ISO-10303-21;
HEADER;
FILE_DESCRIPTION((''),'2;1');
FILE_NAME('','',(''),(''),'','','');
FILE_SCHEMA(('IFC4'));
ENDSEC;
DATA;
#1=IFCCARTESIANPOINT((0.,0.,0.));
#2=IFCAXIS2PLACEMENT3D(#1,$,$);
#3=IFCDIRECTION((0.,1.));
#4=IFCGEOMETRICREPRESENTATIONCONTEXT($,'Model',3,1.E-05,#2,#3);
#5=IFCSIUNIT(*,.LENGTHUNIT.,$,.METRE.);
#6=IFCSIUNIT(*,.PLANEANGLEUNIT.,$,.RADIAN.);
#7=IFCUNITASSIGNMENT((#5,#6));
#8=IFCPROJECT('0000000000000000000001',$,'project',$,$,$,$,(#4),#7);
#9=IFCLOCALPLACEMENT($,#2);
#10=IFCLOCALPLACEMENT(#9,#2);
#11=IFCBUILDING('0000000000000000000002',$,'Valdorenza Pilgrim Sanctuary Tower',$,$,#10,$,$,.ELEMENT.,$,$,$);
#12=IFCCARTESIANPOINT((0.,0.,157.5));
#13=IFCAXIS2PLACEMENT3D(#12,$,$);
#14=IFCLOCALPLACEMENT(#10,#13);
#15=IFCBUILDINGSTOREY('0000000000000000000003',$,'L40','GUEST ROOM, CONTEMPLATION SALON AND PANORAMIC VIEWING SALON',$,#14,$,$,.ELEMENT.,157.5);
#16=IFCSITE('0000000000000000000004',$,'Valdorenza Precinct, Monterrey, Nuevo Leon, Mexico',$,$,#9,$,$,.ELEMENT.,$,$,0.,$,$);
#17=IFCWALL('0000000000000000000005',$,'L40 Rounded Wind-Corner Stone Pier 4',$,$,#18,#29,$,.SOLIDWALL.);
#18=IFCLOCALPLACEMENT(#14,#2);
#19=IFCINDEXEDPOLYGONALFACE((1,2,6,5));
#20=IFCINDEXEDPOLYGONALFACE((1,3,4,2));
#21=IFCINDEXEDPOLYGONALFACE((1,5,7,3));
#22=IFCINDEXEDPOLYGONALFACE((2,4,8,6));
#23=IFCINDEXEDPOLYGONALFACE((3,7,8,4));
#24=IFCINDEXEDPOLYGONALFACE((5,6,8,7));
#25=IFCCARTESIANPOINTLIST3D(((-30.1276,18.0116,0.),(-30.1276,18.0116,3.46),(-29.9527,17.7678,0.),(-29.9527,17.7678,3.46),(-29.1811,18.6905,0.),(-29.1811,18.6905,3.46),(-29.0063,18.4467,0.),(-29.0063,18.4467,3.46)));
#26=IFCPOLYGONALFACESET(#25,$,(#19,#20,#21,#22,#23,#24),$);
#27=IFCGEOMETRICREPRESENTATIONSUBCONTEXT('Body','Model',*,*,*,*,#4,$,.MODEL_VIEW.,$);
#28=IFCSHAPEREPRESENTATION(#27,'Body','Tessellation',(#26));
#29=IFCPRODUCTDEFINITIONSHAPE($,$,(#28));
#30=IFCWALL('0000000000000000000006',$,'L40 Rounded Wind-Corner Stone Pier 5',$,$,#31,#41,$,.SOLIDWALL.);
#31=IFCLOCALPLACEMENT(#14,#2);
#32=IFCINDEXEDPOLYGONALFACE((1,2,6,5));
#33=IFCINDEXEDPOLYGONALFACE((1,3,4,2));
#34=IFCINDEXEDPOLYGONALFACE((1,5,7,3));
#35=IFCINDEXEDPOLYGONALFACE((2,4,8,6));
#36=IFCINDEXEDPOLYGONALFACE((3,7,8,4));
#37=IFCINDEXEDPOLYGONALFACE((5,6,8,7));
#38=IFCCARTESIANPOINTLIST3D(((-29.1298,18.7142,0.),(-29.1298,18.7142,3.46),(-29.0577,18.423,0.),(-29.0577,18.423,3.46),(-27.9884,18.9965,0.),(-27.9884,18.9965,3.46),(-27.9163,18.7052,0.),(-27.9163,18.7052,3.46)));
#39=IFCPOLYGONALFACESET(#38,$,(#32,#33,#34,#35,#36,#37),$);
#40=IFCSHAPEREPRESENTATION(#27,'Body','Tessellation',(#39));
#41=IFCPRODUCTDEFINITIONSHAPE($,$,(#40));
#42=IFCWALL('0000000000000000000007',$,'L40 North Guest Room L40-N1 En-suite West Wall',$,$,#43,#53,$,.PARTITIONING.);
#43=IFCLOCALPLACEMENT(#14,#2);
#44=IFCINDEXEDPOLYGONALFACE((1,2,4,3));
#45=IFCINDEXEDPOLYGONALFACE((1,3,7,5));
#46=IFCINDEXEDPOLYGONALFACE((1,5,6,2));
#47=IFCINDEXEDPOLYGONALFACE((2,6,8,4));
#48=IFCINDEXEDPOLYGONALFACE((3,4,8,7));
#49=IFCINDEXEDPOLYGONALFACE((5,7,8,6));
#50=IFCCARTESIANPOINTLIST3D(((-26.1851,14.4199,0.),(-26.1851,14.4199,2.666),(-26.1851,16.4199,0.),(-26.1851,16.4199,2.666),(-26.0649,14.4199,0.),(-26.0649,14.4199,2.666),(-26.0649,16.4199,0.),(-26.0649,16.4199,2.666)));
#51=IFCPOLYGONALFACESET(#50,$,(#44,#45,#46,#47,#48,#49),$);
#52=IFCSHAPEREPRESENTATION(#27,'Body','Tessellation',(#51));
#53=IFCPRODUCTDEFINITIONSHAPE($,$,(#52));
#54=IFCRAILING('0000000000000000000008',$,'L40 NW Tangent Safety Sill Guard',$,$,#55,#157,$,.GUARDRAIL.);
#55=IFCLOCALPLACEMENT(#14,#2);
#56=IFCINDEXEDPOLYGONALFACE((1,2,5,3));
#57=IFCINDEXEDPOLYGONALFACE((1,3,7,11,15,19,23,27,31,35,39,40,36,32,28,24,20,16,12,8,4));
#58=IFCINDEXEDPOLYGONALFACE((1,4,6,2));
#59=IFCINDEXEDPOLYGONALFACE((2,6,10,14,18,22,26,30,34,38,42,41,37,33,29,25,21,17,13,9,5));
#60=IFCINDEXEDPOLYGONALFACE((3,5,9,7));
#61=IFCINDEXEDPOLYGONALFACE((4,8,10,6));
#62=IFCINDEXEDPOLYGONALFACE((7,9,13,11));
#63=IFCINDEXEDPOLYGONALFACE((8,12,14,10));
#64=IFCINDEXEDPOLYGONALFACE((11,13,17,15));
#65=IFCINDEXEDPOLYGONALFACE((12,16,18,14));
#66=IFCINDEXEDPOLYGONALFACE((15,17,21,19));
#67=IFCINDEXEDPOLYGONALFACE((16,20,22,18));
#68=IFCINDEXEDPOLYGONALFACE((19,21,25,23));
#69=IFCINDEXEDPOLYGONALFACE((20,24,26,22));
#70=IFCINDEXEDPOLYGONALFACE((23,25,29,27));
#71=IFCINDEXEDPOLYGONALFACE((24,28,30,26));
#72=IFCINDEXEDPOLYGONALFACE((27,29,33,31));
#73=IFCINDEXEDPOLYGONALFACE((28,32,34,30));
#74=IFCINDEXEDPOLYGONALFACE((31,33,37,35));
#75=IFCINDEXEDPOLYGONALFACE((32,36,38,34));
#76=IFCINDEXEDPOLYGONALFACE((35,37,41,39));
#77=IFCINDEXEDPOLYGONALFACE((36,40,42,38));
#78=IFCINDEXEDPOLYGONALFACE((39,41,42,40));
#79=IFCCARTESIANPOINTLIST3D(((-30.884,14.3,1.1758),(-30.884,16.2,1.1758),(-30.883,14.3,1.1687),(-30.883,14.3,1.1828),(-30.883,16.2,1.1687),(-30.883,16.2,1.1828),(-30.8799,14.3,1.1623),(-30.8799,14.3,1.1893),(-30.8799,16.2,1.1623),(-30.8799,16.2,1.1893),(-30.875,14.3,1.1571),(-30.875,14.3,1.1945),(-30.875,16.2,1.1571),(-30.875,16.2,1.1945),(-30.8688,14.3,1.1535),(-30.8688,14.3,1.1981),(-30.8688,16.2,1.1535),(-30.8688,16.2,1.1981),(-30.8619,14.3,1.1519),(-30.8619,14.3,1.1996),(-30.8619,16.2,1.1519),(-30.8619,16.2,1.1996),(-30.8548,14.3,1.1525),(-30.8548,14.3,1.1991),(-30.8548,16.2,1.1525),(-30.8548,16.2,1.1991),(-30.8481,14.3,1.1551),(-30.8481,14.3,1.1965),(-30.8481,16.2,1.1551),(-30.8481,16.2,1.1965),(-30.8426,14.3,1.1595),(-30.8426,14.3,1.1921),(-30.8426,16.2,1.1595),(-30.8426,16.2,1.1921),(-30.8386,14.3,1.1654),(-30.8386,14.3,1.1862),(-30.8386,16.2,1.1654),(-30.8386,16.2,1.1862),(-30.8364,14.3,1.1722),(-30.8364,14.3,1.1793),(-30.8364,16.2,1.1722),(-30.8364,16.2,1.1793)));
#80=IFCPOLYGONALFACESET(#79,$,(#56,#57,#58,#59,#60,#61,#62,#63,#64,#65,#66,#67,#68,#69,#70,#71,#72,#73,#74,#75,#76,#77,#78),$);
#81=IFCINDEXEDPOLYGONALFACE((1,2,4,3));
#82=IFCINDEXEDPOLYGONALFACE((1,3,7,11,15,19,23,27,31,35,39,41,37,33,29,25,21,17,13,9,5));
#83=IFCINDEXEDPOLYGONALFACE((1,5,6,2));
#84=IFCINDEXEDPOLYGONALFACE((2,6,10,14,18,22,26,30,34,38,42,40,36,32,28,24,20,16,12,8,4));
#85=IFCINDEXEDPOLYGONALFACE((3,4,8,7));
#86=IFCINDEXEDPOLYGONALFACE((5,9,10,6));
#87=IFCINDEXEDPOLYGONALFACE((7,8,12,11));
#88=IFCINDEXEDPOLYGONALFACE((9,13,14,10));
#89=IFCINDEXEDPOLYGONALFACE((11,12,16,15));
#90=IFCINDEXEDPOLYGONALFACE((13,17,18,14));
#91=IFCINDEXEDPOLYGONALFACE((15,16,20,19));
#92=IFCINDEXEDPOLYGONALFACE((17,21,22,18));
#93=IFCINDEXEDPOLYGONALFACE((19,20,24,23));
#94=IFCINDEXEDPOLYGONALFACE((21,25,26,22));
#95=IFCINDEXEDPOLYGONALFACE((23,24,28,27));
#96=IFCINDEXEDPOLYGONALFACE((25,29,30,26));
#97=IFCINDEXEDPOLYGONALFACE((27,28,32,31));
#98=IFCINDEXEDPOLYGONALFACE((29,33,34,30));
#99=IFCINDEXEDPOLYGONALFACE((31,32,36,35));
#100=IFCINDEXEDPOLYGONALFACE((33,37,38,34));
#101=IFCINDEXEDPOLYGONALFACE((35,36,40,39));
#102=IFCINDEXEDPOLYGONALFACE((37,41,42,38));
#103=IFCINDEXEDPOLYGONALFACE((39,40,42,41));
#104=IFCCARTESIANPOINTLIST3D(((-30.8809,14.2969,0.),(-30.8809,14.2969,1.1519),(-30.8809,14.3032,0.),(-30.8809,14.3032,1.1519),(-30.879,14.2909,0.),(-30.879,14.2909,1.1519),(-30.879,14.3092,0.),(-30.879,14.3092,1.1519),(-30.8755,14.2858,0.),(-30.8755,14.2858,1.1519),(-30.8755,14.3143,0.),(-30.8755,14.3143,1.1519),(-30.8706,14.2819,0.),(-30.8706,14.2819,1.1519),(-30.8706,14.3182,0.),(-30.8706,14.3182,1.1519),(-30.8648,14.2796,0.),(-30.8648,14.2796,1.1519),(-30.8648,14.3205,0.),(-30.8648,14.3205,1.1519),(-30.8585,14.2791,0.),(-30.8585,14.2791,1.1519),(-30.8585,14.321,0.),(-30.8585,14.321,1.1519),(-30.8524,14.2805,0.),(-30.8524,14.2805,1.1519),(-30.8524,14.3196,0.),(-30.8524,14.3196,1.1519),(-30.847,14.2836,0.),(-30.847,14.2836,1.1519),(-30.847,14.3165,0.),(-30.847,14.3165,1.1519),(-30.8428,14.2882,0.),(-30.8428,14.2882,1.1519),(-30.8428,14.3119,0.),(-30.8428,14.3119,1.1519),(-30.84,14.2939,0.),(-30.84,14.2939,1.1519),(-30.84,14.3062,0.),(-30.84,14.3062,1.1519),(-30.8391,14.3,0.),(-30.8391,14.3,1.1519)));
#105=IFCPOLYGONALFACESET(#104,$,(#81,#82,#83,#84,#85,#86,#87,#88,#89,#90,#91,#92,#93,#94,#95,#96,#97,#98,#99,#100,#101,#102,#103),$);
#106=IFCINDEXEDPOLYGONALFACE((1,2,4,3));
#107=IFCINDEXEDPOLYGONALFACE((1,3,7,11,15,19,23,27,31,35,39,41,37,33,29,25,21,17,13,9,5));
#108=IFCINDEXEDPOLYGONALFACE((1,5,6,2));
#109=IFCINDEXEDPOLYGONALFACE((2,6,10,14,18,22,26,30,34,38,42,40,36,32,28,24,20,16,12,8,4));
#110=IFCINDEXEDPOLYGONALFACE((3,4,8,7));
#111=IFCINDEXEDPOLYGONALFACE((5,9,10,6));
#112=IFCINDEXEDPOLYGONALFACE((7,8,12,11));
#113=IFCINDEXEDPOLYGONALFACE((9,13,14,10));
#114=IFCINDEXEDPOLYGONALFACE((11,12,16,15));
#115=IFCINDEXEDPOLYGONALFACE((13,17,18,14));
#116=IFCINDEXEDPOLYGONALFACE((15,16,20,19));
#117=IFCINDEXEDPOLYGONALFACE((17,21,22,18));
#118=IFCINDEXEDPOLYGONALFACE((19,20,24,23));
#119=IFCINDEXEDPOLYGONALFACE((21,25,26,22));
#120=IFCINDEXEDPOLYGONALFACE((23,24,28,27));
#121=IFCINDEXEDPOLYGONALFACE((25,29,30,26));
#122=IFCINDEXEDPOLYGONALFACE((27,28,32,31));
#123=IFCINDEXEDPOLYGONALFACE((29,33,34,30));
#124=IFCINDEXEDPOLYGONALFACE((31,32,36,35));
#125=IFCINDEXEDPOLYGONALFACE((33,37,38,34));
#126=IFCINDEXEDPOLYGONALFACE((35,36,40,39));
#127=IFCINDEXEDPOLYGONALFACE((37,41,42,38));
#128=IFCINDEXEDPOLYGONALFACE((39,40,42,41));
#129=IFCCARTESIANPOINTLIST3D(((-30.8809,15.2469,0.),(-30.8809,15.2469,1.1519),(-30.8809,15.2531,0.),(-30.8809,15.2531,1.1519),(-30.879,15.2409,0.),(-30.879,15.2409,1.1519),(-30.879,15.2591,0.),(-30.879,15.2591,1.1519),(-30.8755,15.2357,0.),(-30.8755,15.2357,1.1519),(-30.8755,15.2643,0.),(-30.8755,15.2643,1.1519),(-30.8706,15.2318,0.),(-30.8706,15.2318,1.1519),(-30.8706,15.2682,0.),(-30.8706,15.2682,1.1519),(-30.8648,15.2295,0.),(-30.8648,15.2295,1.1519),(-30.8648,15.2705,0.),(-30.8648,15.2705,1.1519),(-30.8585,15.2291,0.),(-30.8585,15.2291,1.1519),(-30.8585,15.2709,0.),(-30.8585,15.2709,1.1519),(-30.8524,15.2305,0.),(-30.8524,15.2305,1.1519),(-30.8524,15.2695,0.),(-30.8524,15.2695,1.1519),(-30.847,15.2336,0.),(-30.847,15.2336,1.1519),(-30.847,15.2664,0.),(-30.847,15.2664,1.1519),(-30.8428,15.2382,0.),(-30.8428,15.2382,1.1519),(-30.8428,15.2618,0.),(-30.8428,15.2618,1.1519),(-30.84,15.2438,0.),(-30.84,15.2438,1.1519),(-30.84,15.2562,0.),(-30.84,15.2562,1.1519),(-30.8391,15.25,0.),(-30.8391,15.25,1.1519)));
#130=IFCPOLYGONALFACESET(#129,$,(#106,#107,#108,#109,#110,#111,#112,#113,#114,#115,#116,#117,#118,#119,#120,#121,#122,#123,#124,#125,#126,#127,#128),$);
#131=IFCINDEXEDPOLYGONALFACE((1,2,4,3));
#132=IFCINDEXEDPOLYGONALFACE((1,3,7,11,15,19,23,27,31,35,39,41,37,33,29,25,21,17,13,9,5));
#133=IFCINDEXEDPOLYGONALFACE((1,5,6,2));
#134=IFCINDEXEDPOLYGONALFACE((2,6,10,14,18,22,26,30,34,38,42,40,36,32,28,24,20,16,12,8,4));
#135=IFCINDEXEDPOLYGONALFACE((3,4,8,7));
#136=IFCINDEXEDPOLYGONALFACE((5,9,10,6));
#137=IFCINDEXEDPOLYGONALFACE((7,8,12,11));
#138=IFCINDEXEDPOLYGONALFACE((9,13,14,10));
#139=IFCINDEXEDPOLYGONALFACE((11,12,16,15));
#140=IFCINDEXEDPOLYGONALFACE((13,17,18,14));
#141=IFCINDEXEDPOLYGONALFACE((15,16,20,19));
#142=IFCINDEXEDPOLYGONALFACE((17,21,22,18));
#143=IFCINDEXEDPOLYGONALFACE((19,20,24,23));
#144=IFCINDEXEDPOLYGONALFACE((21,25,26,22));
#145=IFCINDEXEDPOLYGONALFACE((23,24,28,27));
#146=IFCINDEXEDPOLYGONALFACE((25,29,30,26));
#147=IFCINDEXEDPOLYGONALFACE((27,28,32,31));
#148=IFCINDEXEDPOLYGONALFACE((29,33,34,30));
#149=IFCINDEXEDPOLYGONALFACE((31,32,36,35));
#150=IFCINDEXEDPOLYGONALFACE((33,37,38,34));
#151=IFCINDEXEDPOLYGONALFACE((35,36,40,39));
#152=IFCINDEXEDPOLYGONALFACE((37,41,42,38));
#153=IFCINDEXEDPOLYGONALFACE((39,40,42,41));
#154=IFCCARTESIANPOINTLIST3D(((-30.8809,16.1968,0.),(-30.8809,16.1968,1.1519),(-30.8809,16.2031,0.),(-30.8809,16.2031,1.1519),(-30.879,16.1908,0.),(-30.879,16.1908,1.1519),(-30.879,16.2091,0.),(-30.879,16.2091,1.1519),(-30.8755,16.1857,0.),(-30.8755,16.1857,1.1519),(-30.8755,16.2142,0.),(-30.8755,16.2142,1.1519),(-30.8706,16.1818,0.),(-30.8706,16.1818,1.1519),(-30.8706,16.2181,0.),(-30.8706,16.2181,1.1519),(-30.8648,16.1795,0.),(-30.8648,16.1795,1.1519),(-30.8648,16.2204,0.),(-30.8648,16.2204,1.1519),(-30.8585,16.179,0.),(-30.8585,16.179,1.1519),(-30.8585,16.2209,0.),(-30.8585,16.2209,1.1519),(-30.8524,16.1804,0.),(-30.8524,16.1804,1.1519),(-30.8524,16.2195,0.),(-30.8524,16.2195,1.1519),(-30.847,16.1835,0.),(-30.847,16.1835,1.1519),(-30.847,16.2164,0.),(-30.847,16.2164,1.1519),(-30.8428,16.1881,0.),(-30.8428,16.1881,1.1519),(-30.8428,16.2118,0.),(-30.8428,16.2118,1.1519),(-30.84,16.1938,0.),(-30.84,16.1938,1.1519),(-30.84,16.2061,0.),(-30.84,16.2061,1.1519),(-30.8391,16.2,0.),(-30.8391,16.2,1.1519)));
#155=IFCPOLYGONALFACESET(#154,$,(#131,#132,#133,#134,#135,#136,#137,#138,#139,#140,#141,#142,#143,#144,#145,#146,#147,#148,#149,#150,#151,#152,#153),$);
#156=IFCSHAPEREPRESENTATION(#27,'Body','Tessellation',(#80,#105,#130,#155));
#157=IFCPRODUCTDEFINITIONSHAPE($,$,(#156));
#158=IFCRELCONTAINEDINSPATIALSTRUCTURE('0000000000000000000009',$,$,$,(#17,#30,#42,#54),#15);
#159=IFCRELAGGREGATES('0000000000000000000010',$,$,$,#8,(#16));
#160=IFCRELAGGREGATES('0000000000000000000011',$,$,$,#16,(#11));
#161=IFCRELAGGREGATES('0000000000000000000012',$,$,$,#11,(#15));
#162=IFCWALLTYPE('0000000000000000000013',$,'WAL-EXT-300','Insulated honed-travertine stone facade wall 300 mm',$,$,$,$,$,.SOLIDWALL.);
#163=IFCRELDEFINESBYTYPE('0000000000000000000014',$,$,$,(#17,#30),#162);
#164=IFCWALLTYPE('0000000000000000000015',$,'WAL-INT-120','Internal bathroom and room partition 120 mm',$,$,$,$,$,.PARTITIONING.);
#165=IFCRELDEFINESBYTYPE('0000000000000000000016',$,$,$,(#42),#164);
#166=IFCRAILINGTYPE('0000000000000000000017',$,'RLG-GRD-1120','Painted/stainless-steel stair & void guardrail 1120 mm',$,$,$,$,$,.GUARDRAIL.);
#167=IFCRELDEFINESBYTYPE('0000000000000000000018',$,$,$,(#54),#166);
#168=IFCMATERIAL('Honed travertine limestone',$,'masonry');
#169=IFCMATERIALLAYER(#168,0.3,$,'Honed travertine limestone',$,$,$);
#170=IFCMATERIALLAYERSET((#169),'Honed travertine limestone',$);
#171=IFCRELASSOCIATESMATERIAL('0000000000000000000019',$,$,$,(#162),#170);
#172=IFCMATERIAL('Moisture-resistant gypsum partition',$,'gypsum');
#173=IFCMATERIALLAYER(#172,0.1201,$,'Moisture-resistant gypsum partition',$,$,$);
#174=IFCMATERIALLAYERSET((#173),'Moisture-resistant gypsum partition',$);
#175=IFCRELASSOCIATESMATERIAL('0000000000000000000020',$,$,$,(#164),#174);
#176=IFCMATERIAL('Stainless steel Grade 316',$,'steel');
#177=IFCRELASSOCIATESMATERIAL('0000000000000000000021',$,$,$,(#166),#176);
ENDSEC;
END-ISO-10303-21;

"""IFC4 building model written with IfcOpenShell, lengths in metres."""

from ifc_helpers import new_model, si_unit, direction, frame, frame_2d, origin, origin_2d, place, context, subcontext, project, spatial, rectangle, circle, extrude, material, layer, layer_set, type_object, element, save


model = new_model("IFC4")

# Units and contexts
model_context = context("Model", 3, precision=1e-05, world=origin(), true_north=direction((0.0, 1.0)))
body_context = subcontext(model_context, "Body", "Model", "MODEL_VIEW")
ifc_project = project(units=[si_unit("LENGTHUNIT", "METRE"), si_unit("PLANEANGLEUNIT", "RADIAN")], contexts=[model_context])

# Site, building, storey
site_placement = place(None, origin())
site = spatial("IfcSite", under=ifc_project, at=site_placement, Name="Valdorenza Precinct, Monterrey, Nuevo Leon, Mexico", CompositionType="ELEMENT", RefElevation=0.0)
building_placement = place(site_placement, origin())
building = spatial("IfcBuilding", under=site, at=building_placement, Name="Valdorenza Pilgrim Sanctuary Tower", CompositionType="ELEMENT")
storey_placement = place(building_placement, frame((0.0, 0.0, 157.5)))
storey = spatial("IfcBuildingStorey", under=building, at=storey_placement, Name="L40", Description="GUEST ROOM, CONTEMPLATION SALON AND PANORAMIC VIEWING SALON", CompositionType="ELEMENT", Elevation=157.5)

# Shared definitions
ifc_material_1 = material(Name="Honed travertine limestone", Category="masonry")

# Walls
ifc_layer_1 = layer(ifc_material_1, 0.3, Name="Honed travertine limestone")
ifc_layer_set_1 = layer_set([ifc_layer_1], Name="Honed travertine limestone")
wall_type_1 = type_object("IfcWallType", Name="WAL-EXT-300", Description="Insulated honed-travertine stone facade wall 300 mm", PredefinedType="SOLIDWALL", material=ifc_layer_set_1)
for number, where, z_axis, x_axis, name in (
    (1, (-30.0403, 17.8896, 0.0), (0.0, 0.0, 1.0), (0.812571, 0.582863, 0.0), "L40 Rounded Wind-Corner Stone Pier 4"),
):
    element("IfcWall", number, at=place(storey_placement, frame(where, z_axis=z_axis, x_axis=x_axis)), inside=storey, type_object=wall_type_1, Name=name, PredefinedType="SOLIDWALL", context=body_context, shape_type="SweptSolid", body=[
        extrude(rectangle(XDim=1.1648, YDim=0.3, at=frame_2d((0.5825, 0.0))), origin(), (0.0, 0.0, 1.0), 3.46),
    ])
wall_1_placement = place(storey_placement, frame((-29.0938, 18.5686, 0.0), z_axis=(0.0, 0.0, 1.0), x_axis=(0.970762, 0.240043, 0.0)))
element("IfcWall", 2, at=wall_1_placement, inside=storey, type_object=wall_type_1, Name="L40 Rounded Wind-Corner Stone Pier 5", PredefinedType="SOLIDWALL", context=body_context, shape_type="SweptSolid", body=[
    extrude(rectangle(XDim=1.1758, YDim=0.3, at=frame_2d((0.5879, 0.0))), origin(), (0.0, 0.0, 1.0), 3.46),
])
ifc_material_2 = material(Name="Moisture-resistant gypsum partition", Category="gypsum")
ifc_layer_2 = layer(ifc_material_2, 0.1201, Name="Moisture-resistant gypsum partition")
ifc_layer_set_2 = layer_set([ifc_layer_2], Name="Moisture-resistant gypsum partition")
wall_type_2 = type_object("IfcWallType", Name="WAL-INT-120", Description="Internal bathroom and room partition 120 mm", PredefinedType="PARTITIONING", material=ifc_layer_set_2)
wall_2_placement = place(storey_placement, frame((-26.125, 14.4199, 0.0), z_axis=(0.0, 0.0, 1.0), x_axis=(0.0, 1.0, 0.0)))
element("IfcWall", 3, at=wall_2_placement, inside=storey, type_object=wall_type_2, Name="L40 North Guest Room L40-N1 En-suite West Wall", PredefinedType="PARTITIONING", context=body_context, shape_type="SweptSolid", body=[
    extrude(rectangle(XDim=2.0, YDim=0.1201, at=frame_2d((1.0, 0.0))), origin(), (0.0, 0.0, 1.0), 2.666),
])

# Railing
ifc_material_3 = material(Name="Stainless steel Grade 316", Category="steel")
railing_type = type_object("IfcRailingType", Name="RLG-GRD-1120", Description="Painted/stainless-steel stair & void guardrail 1120 mm", PredefinedType="GUARDRAIL", material=ifc_material_3)
railing_placement = place(storey_placement, frame((-30.8601, 14.3, 0.0)))
element("IfcRailing", 4, at=railing_placement, inside=storey, type_object=railing_type, Name="L40 NW Tangent Safety Sill Guard", PredefinedType="GUARDRAIL", context=body_context, shape_type="SweptSolid", body=[
    extrude(circle(Radius=0.0239, at=origin_2d()), frame((0.0, 0.0, 1.1758), z_axis=(0.0, 1.0, 0.0), x_axis=(-1.0, 0.0, 0.0)), (0.0, 0.0, 1.0), 1.8999),
    extrude(circle(Radius=0.021, at=origin_2d()), origin(), (0.0, 0.0, 1.0), 1.1519),
    extrude(circle(Radius=0.021, at=origin_2d()), frame((0.0, 0.95, 0.0)), (0.0, 0.0, 1.0), 1.1519),
    extrude(circle(Radius=0.021, at=origin_2d()), frame((0.0, 1.8999, 0.0)), (0.0, 0.0, 1.0), 1.1519),
])

save(model, "model.ifc")
